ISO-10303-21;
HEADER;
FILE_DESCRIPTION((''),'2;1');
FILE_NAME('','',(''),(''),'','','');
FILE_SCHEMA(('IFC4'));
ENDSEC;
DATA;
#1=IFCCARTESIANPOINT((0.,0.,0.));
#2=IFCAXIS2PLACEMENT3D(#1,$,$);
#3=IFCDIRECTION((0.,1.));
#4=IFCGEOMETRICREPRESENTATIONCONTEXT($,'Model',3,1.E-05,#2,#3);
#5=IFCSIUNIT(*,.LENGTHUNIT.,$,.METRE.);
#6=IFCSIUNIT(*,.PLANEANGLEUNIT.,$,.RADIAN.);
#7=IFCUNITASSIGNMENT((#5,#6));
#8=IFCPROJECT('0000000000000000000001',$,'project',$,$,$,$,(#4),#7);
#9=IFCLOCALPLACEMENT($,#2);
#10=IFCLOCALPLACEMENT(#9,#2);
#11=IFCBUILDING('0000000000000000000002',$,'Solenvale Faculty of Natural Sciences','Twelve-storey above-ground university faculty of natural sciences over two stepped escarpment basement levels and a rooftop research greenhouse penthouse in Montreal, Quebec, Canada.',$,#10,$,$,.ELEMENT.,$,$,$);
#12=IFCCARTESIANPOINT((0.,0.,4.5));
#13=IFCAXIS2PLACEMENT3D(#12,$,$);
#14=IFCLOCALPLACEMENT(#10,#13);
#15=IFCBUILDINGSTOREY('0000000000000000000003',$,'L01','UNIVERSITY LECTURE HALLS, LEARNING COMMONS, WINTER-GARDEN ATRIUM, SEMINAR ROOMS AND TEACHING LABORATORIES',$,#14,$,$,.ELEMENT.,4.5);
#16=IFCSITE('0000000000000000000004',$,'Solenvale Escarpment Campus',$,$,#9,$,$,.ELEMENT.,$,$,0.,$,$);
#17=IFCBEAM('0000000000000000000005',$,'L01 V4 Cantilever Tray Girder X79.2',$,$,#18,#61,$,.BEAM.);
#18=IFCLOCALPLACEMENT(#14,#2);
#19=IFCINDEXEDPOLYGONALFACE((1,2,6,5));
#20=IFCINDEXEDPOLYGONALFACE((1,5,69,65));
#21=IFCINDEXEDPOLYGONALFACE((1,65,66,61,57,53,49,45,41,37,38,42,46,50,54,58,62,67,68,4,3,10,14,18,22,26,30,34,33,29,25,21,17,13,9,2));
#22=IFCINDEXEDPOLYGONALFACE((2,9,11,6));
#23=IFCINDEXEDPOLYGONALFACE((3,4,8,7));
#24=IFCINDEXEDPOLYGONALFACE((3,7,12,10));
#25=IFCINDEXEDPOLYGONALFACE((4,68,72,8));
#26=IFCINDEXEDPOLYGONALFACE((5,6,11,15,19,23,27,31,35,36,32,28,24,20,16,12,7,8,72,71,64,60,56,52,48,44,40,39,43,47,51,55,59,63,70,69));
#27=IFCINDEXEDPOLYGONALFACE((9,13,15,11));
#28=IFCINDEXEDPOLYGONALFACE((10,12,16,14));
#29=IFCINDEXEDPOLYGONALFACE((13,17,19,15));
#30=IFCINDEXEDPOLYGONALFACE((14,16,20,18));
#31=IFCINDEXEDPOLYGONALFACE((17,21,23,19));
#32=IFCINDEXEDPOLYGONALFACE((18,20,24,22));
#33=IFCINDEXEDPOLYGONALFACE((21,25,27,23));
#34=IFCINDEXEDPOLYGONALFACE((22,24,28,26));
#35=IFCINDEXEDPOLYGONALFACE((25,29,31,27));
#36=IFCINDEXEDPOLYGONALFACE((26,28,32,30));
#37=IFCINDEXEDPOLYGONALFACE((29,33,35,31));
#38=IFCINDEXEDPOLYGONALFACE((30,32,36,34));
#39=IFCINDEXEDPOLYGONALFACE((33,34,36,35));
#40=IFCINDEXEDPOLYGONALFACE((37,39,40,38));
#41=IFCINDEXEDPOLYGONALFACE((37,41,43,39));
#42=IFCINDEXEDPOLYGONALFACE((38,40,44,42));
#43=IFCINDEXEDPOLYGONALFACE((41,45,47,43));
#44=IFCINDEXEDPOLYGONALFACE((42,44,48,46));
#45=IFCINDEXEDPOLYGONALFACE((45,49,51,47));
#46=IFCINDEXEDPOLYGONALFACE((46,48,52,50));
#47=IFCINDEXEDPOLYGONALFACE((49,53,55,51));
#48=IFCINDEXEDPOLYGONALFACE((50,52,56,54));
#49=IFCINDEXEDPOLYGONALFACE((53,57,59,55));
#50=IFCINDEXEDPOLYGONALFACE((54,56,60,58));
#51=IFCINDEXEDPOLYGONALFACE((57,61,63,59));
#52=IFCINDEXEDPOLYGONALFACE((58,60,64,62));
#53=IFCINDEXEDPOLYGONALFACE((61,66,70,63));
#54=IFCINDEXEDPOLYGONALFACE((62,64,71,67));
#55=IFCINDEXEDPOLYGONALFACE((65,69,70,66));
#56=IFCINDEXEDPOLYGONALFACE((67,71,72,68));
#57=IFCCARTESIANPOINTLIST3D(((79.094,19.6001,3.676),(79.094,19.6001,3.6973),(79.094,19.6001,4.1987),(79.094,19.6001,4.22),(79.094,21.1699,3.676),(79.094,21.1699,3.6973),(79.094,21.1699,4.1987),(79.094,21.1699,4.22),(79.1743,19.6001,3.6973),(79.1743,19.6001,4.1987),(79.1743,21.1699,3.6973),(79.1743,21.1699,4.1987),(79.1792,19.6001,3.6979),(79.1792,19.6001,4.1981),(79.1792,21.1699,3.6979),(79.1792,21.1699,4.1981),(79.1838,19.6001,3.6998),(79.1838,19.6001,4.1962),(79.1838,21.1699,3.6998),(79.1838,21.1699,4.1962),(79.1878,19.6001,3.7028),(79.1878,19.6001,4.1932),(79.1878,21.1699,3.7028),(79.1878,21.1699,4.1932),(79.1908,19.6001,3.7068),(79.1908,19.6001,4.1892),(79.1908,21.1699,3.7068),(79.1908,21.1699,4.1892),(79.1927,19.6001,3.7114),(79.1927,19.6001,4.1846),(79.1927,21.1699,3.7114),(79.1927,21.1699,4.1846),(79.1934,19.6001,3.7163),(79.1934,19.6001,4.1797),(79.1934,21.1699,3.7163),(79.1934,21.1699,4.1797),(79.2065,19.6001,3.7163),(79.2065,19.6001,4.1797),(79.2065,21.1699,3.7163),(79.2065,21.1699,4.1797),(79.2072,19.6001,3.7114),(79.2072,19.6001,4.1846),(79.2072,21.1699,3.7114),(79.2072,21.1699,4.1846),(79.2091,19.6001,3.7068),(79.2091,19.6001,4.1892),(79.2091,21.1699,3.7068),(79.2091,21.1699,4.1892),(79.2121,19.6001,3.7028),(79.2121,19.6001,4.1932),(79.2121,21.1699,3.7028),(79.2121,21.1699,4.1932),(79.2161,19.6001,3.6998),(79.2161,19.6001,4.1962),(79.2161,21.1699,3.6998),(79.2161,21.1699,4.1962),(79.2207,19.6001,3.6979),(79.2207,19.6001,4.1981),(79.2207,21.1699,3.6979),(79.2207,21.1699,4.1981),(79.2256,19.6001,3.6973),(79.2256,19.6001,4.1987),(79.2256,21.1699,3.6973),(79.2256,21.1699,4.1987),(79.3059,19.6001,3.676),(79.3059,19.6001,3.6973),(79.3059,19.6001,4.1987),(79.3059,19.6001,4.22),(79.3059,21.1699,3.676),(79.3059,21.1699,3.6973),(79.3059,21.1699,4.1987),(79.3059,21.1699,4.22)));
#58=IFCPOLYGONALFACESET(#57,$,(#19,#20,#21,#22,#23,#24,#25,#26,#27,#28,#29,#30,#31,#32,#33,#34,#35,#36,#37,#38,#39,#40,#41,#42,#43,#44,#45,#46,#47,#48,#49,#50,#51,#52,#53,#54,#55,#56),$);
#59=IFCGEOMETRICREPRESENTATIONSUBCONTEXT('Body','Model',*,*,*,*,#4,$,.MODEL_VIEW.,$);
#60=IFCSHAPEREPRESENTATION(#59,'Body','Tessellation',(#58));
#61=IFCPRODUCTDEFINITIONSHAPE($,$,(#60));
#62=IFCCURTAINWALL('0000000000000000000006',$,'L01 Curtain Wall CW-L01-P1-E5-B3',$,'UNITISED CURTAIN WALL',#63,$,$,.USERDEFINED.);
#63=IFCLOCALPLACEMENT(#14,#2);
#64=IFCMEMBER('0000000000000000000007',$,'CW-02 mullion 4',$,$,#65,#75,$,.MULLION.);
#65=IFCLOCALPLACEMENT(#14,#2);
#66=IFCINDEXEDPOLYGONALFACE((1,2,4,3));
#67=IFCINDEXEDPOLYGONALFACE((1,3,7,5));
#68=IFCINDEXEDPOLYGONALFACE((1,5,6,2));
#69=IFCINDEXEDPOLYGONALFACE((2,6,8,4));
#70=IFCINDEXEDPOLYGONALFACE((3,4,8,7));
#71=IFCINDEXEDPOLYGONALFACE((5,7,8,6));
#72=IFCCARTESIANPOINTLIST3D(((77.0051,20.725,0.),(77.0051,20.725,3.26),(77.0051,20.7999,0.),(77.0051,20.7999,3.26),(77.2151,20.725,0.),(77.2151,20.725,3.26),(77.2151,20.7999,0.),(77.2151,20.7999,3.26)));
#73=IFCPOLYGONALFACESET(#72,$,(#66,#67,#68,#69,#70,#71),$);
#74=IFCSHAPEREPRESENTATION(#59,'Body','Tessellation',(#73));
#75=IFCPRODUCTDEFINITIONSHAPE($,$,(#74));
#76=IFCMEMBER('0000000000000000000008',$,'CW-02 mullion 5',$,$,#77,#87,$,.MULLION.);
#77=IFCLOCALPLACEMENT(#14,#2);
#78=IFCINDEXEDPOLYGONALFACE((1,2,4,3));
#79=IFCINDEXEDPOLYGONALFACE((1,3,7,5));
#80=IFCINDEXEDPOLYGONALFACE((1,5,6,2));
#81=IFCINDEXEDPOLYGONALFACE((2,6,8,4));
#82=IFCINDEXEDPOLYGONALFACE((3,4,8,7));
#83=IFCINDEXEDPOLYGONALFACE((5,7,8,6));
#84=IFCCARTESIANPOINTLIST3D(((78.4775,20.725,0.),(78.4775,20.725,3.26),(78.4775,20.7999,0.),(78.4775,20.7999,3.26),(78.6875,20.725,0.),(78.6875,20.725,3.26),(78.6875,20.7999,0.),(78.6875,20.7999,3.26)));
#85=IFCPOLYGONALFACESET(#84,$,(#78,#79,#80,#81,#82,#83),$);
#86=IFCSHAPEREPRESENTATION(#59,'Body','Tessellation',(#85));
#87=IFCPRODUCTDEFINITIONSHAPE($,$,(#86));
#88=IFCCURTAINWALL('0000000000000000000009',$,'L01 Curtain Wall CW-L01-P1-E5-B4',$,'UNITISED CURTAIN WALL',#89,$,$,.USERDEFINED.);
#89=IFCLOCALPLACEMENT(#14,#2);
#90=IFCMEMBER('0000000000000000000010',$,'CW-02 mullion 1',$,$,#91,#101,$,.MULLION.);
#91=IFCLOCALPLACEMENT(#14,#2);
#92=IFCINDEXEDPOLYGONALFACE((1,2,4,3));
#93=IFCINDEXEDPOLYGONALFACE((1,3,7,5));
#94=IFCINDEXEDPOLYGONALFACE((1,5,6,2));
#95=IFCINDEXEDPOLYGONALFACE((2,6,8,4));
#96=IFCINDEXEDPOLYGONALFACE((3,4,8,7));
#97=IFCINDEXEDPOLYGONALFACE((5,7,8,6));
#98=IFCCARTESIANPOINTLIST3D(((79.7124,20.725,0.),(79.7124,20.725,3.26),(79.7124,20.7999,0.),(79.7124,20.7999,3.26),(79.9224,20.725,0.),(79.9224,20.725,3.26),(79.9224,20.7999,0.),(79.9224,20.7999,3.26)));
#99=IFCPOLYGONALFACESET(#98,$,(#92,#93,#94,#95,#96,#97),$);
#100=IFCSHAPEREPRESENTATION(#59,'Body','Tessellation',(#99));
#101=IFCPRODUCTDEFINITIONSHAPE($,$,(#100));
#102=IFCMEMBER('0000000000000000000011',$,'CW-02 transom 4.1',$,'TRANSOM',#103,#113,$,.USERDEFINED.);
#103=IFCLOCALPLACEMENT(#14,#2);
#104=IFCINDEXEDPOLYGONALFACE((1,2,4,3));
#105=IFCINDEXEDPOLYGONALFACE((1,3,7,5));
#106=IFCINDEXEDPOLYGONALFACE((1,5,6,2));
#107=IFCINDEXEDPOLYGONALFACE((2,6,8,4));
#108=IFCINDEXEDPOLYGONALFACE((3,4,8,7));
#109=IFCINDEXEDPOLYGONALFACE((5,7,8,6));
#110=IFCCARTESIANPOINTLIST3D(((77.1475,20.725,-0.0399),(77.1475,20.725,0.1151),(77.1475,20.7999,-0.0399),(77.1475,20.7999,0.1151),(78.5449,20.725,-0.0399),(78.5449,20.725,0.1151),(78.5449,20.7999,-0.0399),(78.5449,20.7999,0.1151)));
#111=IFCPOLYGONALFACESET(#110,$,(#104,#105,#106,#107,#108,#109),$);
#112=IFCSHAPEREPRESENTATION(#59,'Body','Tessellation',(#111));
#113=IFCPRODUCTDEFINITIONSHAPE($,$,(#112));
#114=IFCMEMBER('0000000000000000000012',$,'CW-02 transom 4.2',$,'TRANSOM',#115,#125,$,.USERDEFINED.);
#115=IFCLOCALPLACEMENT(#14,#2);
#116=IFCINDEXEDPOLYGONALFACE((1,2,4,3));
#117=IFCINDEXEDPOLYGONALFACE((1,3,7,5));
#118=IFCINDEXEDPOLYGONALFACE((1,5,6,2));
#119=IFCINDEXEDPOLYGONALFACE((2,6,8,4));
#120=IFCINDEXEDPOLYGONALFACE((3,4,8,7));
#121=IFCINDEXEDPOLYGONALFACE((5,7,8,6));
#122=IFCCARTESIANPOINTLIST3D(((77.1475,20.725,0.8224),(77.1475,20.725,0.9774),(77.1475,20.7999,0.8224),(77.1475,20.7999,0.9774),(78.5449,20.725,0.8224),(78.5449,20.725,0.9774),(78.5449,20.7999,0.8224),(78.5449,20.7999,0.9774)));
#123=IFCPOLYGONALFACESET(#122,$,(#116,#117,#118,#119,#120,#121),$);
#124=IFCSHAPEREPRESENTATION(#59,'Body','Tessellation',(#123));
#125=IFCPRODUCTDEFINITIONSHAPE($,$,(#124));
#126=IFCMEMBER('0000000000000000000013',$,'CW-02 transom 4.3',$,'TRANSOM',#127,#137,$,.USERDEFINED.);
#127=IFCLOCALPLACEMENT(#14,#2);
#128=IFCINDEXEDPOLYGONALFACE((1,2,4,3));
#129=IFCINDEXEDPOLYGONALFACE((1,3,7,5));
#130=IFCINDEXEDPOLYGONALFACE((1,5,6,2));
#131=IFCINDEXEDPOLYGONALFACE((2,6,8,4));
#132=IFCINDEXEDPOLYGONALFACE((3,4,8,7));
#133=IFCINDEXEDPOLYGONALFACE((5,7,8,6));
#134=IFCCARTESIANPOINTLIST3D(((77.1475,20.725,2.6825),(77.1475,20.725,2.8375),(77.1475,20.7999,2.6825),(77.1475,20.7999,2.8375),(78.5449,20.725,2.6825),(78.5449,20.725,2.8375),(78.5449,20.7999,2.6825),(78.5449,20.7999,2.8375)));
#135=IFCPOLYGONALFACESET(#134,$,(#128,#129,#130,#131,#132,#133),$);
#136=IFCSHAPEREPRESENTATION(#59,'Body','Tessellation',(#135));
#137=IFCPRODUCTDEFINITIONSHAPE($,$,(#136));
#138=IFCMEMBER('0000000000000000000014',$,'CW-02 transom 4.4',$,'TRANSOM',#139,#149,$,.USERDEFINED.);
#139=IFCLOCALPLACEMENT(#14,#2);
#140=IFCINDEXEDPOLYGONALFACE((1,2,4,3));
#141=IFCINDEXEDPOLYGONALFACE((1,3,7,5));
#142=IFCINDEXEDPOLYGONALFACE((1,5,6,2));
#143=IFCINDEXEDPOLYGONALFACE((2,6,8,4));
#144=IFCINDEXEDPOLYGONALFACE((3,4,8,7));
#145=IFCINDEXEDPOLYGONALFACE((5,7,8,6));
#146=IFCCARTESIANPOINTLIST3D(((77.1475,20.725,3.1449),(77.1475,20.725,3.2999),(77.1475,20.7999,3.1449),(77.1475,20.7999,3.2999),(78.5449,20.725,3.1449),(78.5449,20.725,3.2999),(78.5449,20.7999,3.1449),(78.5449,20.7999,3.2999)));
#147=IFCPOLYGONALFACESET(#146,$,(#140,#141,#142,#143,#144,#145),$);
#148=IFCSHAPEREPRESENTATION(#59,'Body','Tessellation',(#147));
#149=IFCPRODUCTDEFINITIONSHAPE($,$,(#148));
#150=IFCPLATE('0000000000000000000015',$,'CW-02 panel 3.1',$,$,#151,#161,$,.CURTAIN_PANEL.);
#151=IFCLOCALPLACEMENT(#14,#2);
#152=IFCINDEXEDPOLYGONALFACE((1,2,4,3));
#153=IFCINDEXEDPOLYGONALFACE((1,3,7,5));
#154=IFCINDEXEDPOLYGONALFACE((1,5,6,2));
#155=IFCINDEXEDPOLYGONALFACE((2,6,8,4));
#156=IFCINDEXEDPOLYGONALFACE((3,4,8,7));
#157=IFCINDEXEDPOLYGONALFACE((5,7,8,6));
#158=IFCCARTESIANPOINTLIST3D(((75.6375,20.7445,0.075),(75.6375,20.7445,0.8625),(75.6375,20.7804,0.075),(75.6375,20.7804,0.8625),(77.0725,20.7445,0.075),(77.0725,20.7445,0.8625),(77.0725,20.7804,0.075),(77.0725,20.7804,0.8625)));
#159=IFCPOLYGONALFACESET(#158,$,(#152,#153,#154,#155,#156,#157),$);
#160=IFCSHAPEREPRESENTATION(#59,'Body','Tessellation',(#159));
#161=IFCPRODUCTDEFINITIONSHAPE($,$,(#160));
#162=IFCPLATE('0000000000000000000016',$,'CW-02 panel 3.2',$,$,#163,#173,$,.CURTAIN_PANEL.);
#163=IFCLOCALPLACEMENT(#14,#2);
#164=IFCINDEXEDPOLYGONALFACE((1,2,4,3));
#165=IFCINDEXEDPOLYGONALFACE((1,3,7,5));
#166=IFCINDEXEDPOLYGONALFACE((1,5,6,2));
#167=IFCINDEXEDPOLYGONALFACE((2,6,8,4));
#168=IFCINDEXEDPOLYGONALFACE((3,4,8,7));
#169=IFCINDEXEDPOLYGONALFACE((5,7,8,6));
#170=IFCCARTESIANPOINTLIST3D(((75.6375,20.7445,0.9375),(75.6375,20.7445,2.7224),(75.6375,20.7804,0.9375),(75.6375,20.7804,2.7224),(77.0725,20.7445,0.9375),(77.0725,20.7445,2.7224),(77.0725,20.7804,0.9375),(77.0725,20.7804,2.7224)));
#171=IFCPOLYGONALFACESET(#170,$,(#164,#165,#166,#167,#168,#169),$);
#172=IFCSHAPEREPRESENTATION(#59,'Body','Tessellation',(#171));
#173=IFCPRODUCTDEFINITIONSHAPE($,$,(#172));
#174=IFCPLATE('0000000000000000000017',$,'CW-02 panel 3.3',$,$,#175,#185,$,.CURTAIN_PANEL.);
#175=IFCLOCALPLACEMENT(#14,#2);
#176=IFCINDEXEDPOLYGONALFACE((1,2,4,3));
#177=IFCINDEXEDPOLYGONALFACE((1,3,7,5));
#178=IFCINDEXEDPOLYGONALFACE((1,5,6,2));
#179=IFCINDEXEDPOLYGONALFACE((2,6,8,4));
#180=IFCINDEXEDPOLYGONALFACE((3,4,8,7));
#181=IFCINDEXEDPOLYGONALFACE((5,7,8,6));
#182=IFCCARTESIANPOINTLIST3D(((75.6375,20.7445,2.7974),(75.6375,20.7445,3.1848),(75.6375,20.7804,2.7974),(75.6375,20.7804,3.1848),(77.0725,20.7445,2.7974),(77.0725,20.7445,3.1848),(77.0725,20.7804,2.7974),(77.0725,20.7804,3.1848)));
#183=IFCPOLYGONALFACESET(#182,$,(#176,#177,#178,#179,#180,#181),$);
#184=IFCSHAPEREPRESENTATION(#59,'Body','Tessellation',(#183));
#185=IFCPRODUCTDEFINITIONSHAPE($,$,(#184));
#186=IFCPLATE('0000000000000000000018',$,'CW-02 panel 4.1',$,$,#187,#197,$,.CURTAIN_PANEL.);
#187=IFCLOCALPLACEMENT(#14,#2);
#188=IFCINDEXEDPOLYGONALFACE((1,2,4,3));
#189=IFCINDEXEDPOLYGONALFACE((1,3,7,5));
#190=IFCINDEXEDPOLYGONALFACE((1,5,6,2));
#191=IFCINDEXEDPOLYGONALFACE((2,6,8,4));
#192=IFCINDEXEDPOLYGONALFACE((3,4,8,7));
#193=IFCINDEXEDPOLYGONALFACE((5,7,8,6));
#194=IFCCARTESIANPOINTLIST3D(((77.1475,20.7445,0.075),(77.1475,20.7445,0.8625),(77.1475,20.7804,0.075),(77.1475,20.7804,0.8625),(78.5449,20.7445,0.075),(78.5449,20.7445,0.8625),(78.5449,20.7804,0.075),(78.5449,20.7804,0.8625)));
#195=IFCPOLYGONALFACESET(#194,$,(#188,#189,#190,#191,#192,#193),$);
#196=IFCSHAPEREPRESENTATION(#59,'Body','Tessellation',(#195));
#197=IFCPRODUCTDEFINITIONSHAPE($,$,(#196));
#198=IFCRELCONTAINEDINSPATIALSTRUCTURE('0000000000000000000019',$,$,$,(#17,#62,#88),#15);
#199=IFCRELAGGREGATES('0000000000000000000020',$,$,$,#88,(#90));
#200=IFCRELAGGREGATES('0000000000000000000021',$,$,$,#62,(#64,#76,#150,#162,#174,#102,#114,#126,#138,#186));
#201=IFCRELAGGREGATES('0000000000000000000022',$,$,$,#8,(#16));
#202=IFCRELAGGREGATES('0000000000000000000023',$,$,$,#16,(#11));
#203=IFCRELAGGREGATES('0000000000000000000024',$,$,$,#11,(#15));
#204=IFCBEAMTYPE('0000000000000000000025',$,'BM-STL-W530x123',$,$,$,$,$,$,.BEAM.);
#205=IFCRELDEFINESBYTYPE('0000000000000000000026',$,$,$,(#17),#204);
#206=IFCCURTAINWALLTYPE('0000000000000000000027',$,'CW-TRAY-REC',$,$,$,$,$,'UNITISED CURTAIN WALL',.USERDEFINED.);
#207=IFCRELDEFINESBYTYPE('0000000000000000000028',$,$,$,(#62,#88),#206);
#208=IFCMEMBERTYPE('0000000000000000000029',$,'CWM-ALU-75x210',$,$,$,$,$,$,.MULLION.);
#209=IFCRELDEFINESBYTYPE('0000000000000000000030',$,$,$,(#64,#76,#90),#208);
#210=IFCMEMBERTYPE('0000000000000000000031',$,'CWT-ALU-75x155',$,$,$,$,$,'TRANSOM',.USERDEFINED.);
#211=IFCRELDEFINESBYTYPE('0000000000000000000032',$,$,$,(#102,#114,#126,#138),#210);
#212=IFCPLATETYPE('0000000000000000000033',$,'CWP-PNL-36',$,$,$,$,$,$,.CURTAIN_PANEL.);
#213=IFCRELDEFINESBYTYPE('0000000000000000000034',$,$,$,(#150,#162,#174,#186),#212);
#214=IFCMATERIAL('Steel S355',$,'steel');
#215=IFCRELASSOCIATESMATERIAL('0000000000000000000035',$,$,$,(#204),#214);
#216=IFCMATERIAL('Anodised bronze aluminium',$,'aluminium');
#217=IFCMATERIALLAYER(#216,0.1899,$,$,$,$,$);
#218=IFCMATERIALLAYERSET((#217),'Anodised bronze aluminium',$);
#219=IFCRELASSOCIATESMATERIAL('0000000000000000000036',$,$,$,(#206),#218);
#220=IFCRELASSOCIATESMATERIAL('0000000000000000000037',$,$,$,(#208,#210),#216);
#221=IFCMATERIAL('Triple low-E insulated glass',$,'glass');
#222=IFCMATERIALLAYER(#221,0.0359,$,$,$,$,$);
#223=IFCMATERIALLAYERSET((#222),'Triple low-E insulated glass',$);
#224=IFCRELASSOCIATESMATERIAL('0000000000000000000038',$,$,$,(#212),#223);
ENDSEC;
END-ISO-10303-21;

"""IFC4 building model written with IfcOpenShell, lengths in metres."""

from ifc_helpers import new_model, si_unit, direction, frame, origin, origin_2d, place, context, subcontext, project, spatial, rectangle, i_section, extrude, material, layer, layer_set, material_profile, profile_set, type_object, element, aggregate, save


model = new_model("IFC4")

# Units and contexts
model_context = context("Model", 3, precision=1e-05, world=origin(), true_north=direction((0.0, 1.0)))
body_context = subcontext(model_context, "Body", "Model", "MODEL_VIEW")
ifc_project = project(units=[si_unit("LENGTHUNIT", "METRE"), si_unit("PLANEANGLEUNIT", "RADIAN")], contexts=[model_context])

# Site, building, storey
site_placement = place(None, origin())
site = spatial("IfcSite", under=ifc_project, at=site_placement, Name="Solenvale Escarpment Campus", CompositionType="ELEMENT", RefElevation=0.0)
building_placement = place(site_placement, origin())
building = spatial("IfcBuilding", under=site, at=building_placement, Name="Solenvale Faculty of Natural Sciences", Description="Twelve-storey above-ground university faculty of natural sciences over two stepped escarpment basement levels and a rooftop research greenhouse penthouse in Montreal, Quebec, Canada.", CompositionType="ELEMENT")
storey_placement = place(building_placement, frame((0.0, 0.0, 4.5)))
storey = spatial("IfcBuildingStorey", under=building, at=storey_placement, Name="L01", Description="UNIVERSITY LECTURE HALLS, LEARNING COMMONS, WINTER-GARDEN ATRIUM, SEMINAR ROOMS AND TEACHING LABORATORIES", CompositionType="ELEMENT", Elevation=4.5)

# Beam
ifc_material_1 = material(Name="Steel S355", Category="steel")
ifc_material_profile_1 = material_profile(ifc_material_1, i_section(OverallWidth=0.2119, OverallDepth=0.5439, WebThickness=0.0132, FlangeThickness=0.0212, FilletRadius=0.019, at=origin_2d()), Name="W530x123")
ifc_profile_set_1 = profile_set([ifc_material_profile_1], Name="Steel S355")
beam_type_1 = type_object("IfcBeamType", Name="BM-STL-W530x123", PredefinedType="BEAM", material=ifc_profile_set_1)
beam_1_placement = place(storey_placement, frame((79.2, 21.1699, 3.948), z_axis=(0.0, -1.0, 0.0), x_axis=(1.0, 0.0, 0.0)))
element("IfcBeam", 1, at=beam_1_placement, inside=storey, type_object=beam_type_1, Name="L01 V4 Cantilever Tray Girder X79.2", PredefinedType="BEAM", context=body_context, shape_type="SweptSolid", body=[
    extrude(i_section(OverallWidth=0.2119, OverallDepth=0.5439, WebThickness=0.0132, FlangeThickness=0.0212, FilletRadius=0.019, at=origin_2d()), origin(), (0.0, 0.0, 1.0), 1.5698),
])

# Curtain wall, members
ifc_material_2 = material(Name="Anodised bronze aluminium", Category="aluminium")
ifc_layer_1 = layer(ifc_material_2, 0.1899)
ifc_layer_set_1 = layer_set([ifc_layer_1], Name="Anodised bronze aluminium")
curtain_wall_type = type_object("IfcCurtainWallType", Name="CW-TRAY-REC", ElementType="UNITISED CURTAIN WALL", PredefinedType="USERDEFINED", material=ifc_layer_set_1)
curtain_wall_1_placement = place(storey_placement, origin())
curtain_wall_1 = element("IfcCurtainWall", 2, at=curtain_wall_1_placement, inside=storey, type_object=curtain_wall_type, Name="L01 Curtain Wall CW-L01-P1-E5-B3", ObjectType="UNITISED CURTAIN WALL", PredefinedType="USERDEFINED")
ifc_material_profile_2 = material_profile(ifc_material_2, rectangle(XDim=0.075, YDim=0.21, at=origin_2d()), Name="ALU-MUL-75x210")
ifc_profile_set_2 = profile_set([ifc_material_profile_2], Name="Anodised bronze aluminium")
member_type_1 = type_object("IfcMemberType", Name="CWM-ALU-75x210", PredefinedType="MULLION", material=ifc_profile_set_2)
member_1_placement = place(storey_placement, frame((77.1101, 20.7625, 0.0), z_axis=(0.0, 0.0, 1.0), x_axis=(0.0, 1.0, 0.0)))
member_1 = element("IfcMember", 3, at=member_1_placement, type_object=member_type_1, Name="CW-02 mullion 4", PredefinedType="MULLION", context=body_context, shape_type="SweptSolid", body=[
    extrude(rectangle(XDim=0.075, YDim=0.21, at=origin_2d()), origin(), (0.0, 0.0, 1.0), 3.26),
])
member_2_placement = place(storey_placement, frame((78.5825, 20.7625, 0.0), z_axis=(0.0, 0.0, 1.0), x_axis=(0.0, 1.0, 0.0)))
member_2 = element("IfcMember", 4, at=member_2_placement, type_object=member_type_1, Name="CW-02 mullion 5", PredefinedType="MULLION", context=body_context, shape_type="SweptSolid", body=[
    extrude(rectangle(XDim=0.075, YDim=0.21, at=origin_2d()), origin(), (0.0, 0.0, 1.0), 3.26),
])

# Curtain wall, member
curtain_wall_2_placement = place(storey_placement, origin())
curtain_wall_2 = element("IfcCurtainWall", 5, at=curtain_wall_2_placement, inside=storey, type_object=curtain_wall_type, Name="L01 Curtain Wall CW-L01-P1-E5-B4", ObjectType="UNITISED CURTAIN WALL", PredefinedType="USERDEFINED")
member_3_placement = place(storey_placement, frame((79.8174, 20.7625, 0.0), z_axis=(0.0, 0.0, 1.0), x_axis=(0.0, 1.0, 0.0)))
member_3 = element("IfcMember", 6, at=member_3_placement, type_object=member_type_1, Name="CW-02 mullion 1", PredefinedType="MULLION", context=body_context, shape_type="SweptSolid", body=[
    extrude(rectangle(XDim=0.075, YDim=0.21, at=origin_2d()), origin(), (0.0, 0.0, 1.0), 3.26),
])
aggregate(curtain_wall_2, [member_3])

# Members
ifc_material_profile_3 = material_profile(ifc_material_2, rectangle(XDim=0.075, YDim=0.155, at=origin_2d()), Name="ALU-TRN-75x155")
ifc_profile_set_3 = profile_set([ifc_material_profile_3], Name="Anodised bronze aluminium")
member_type_2 = type_object("IfcMemberType", Name="CWT-ALU-75x155", ElementType="TRANSOM", PredefinedType="USERDEFINED", material=ifc_profile_set_3)
member_4_placement = place(storey_placement, frame((77.1475, 20.7625, 0.0376), z_axis=(1.0, 0.0, 0.0), x_axis=(0.0, 1.0, 0.0)))
member_4 = element("IfcMember", 7, at=member_4_placement, type_object=member_type_2, Name="CW-02 transom 4.1", ObjectType="TRANSOM", PredefinedType="USERDEFINED", context=body_context, shape_type="SweptSolid", body=[
    extrude(rectangle(XDim=0.075, YDim=0.155, at=origin_2d()), origin(), (0.0, 0.0, 1.0), 1.3975),
])
member_5_placement = place(storey_placement, frame((77.1475, 20.7625, 0.8999), z_axis=(1.0, 0.0, 0.0), x_axis=(0.0, 1.0, 0.0)))
member_5 = element("IfcMember", 8, at=member_5_placement, type_object=member_type_2, Name="CW-02 transom 4.2", ObjectType="TRANSOM", PredefinedType="USERDEFINED", context=body_context, shape_type="SweptSolid", body=[
    extrude(rectangle(XDim=0.075, YDim=0.155, at=origin_2d()), origin(), (0.0, 0.0, 1.0), 1.3975),
])
member_6_placement = place(storey_placement, frame((77.1475, 20.7625, 2.76), z_axis=(1.0, 0.0, 0.0), x_axis=(0.0, 1.0, 0.0)))
member_6 = element("IfcMember", 9, at=member_6_placement, type_object=member_type_2, Name="CW-02 transom 4.3", ObjectType="TRANSOM", PredefinedType="USERDEFINED", context=body_context, shape_type="SweptSolid", body=[
    extrude(rectangle(XDim=0.075, YDim=0.155, at=origin_2d()), origin(), (0.0, 0.0, 1.0), 1.3975),
])
member_7_placement = place(storey_placement, frame((77.1475, 20.7625, 3.2224), z_axis=(1.0, 0.0, 0.0), x_axis=(0.0, 1.0, 0.0)))
member_7 = element("IfcMember", 10, at=member_7_placement, type_object=member_type_2, Name="CW-02 transom 4.4", ObjectType="TRANSOM", PredefinedType="USERDEFINED", context=body_context, shape_type="SweptSolid", body=[
    extrude(rectangle(XDim=0.075, YDim=0.155, at=origin_2d()), origin(), (0.0, 0.0, 1.0), 1.3975),
])

# Plates
ifc_material_3 = material(Name="Triple low-E insulated glass", Category="glass")
ifc_layer_2 = layer(ifc_material_3, 0.0359)
ifc_layer_set_2 = layer_set([ifc_layer_2], Name="Triple low-E insulated glass")
plate_type = type_object("IfcPlateType", Name="CWP-PNL-36", PredefinedType="CURTAIN_PANEL", material=ifc_layer_set_2)
plate_1_placement = place(storey_placement, frame((76.355, 20.7625, 0.075), z_axis=(0.0, 0.0, 1.0), x_axis=(1.0, 0.0, 0.0)))
plate_1 = element("IfcPlate", 11, at=plate_1_placement, type_object=plate_type, Name="CW-02 panel 3.1", PredefinedType="CURTAIN_PANEL", context=body_context, shape_type="SweptSolid", body=[
    extrude(rectangle(XDim=1.4351, YDim=0.0359, at=origin_2d()), origin(), (0.0, 0.0, 1.0), 0.7876),
])
plate_2_placement = place(storey_placement, frame((76.355, 20.7625, 0.9375), z_axis=(0.0, 0.0, 1.0), x_axis=(1.0, 0.0, 0.0)))
plate_2 = element("IfcPlate", 12, at=plate_2_placement, type_object=plate_type, Name="CW-02 panel 3.2", PredefinedType="CURTAIN_PANEL", context=body_context, shape_type="SweptSolid", body=[
    extrude(rectangle(XDim=1.4351, YDim=0.0359, at=origin_2d()), origin(), (0.0, 0.0, 1.0), 1.7849),
])
plate_3_placement = place(storey_placement, frame((76.355, 20.7625, 2.7974), z_axis=(0.0, 0.0, 1.0), x_axis=(1.0, 0.0, 0.0)))
plate_3 = element("IfcPlate", 13, at=plate_3_placement, type_object=plate_type, Name="CW-02 panel 3.3", PredefinedType="CURTAIN_PANEL", context=body_context, shape_type="SweptSolid", body=[
    extrude(rectangle(XDim=1.4351, YDim=0.0359, at=origin_2d()), origin(), (0.0, 0.0, 1.0), 0.3875),
])
plate_4_placement = place(storey_placement, frame((77.8462, 20.7625, 0.075), z_axis=(0.0, 0.0, 1.0), x_axis=(1.0, 0.0, 0.0)))
plate_4 = element("IfcPlate", 14, at=plate_4_placement, type_object=plate_type, Name="CW-02 panel 4.1", PredefinedType="CURTAIN_PANEL", context=body_context, shape_type="SweptSolid", body=[
    extrude(rectangle(XDim=1.3975, YDim=0.0359, at=origin_2d()), origin(), (0.0, 0.0, 1.0), 0.7876),
])
aggregate(curtain_wall_1, [member_1, member_2, plate_1, plate_2, plate_3, member_4, member_5, member_6, member_7, plate_4])

save(model, "model.ifc")
